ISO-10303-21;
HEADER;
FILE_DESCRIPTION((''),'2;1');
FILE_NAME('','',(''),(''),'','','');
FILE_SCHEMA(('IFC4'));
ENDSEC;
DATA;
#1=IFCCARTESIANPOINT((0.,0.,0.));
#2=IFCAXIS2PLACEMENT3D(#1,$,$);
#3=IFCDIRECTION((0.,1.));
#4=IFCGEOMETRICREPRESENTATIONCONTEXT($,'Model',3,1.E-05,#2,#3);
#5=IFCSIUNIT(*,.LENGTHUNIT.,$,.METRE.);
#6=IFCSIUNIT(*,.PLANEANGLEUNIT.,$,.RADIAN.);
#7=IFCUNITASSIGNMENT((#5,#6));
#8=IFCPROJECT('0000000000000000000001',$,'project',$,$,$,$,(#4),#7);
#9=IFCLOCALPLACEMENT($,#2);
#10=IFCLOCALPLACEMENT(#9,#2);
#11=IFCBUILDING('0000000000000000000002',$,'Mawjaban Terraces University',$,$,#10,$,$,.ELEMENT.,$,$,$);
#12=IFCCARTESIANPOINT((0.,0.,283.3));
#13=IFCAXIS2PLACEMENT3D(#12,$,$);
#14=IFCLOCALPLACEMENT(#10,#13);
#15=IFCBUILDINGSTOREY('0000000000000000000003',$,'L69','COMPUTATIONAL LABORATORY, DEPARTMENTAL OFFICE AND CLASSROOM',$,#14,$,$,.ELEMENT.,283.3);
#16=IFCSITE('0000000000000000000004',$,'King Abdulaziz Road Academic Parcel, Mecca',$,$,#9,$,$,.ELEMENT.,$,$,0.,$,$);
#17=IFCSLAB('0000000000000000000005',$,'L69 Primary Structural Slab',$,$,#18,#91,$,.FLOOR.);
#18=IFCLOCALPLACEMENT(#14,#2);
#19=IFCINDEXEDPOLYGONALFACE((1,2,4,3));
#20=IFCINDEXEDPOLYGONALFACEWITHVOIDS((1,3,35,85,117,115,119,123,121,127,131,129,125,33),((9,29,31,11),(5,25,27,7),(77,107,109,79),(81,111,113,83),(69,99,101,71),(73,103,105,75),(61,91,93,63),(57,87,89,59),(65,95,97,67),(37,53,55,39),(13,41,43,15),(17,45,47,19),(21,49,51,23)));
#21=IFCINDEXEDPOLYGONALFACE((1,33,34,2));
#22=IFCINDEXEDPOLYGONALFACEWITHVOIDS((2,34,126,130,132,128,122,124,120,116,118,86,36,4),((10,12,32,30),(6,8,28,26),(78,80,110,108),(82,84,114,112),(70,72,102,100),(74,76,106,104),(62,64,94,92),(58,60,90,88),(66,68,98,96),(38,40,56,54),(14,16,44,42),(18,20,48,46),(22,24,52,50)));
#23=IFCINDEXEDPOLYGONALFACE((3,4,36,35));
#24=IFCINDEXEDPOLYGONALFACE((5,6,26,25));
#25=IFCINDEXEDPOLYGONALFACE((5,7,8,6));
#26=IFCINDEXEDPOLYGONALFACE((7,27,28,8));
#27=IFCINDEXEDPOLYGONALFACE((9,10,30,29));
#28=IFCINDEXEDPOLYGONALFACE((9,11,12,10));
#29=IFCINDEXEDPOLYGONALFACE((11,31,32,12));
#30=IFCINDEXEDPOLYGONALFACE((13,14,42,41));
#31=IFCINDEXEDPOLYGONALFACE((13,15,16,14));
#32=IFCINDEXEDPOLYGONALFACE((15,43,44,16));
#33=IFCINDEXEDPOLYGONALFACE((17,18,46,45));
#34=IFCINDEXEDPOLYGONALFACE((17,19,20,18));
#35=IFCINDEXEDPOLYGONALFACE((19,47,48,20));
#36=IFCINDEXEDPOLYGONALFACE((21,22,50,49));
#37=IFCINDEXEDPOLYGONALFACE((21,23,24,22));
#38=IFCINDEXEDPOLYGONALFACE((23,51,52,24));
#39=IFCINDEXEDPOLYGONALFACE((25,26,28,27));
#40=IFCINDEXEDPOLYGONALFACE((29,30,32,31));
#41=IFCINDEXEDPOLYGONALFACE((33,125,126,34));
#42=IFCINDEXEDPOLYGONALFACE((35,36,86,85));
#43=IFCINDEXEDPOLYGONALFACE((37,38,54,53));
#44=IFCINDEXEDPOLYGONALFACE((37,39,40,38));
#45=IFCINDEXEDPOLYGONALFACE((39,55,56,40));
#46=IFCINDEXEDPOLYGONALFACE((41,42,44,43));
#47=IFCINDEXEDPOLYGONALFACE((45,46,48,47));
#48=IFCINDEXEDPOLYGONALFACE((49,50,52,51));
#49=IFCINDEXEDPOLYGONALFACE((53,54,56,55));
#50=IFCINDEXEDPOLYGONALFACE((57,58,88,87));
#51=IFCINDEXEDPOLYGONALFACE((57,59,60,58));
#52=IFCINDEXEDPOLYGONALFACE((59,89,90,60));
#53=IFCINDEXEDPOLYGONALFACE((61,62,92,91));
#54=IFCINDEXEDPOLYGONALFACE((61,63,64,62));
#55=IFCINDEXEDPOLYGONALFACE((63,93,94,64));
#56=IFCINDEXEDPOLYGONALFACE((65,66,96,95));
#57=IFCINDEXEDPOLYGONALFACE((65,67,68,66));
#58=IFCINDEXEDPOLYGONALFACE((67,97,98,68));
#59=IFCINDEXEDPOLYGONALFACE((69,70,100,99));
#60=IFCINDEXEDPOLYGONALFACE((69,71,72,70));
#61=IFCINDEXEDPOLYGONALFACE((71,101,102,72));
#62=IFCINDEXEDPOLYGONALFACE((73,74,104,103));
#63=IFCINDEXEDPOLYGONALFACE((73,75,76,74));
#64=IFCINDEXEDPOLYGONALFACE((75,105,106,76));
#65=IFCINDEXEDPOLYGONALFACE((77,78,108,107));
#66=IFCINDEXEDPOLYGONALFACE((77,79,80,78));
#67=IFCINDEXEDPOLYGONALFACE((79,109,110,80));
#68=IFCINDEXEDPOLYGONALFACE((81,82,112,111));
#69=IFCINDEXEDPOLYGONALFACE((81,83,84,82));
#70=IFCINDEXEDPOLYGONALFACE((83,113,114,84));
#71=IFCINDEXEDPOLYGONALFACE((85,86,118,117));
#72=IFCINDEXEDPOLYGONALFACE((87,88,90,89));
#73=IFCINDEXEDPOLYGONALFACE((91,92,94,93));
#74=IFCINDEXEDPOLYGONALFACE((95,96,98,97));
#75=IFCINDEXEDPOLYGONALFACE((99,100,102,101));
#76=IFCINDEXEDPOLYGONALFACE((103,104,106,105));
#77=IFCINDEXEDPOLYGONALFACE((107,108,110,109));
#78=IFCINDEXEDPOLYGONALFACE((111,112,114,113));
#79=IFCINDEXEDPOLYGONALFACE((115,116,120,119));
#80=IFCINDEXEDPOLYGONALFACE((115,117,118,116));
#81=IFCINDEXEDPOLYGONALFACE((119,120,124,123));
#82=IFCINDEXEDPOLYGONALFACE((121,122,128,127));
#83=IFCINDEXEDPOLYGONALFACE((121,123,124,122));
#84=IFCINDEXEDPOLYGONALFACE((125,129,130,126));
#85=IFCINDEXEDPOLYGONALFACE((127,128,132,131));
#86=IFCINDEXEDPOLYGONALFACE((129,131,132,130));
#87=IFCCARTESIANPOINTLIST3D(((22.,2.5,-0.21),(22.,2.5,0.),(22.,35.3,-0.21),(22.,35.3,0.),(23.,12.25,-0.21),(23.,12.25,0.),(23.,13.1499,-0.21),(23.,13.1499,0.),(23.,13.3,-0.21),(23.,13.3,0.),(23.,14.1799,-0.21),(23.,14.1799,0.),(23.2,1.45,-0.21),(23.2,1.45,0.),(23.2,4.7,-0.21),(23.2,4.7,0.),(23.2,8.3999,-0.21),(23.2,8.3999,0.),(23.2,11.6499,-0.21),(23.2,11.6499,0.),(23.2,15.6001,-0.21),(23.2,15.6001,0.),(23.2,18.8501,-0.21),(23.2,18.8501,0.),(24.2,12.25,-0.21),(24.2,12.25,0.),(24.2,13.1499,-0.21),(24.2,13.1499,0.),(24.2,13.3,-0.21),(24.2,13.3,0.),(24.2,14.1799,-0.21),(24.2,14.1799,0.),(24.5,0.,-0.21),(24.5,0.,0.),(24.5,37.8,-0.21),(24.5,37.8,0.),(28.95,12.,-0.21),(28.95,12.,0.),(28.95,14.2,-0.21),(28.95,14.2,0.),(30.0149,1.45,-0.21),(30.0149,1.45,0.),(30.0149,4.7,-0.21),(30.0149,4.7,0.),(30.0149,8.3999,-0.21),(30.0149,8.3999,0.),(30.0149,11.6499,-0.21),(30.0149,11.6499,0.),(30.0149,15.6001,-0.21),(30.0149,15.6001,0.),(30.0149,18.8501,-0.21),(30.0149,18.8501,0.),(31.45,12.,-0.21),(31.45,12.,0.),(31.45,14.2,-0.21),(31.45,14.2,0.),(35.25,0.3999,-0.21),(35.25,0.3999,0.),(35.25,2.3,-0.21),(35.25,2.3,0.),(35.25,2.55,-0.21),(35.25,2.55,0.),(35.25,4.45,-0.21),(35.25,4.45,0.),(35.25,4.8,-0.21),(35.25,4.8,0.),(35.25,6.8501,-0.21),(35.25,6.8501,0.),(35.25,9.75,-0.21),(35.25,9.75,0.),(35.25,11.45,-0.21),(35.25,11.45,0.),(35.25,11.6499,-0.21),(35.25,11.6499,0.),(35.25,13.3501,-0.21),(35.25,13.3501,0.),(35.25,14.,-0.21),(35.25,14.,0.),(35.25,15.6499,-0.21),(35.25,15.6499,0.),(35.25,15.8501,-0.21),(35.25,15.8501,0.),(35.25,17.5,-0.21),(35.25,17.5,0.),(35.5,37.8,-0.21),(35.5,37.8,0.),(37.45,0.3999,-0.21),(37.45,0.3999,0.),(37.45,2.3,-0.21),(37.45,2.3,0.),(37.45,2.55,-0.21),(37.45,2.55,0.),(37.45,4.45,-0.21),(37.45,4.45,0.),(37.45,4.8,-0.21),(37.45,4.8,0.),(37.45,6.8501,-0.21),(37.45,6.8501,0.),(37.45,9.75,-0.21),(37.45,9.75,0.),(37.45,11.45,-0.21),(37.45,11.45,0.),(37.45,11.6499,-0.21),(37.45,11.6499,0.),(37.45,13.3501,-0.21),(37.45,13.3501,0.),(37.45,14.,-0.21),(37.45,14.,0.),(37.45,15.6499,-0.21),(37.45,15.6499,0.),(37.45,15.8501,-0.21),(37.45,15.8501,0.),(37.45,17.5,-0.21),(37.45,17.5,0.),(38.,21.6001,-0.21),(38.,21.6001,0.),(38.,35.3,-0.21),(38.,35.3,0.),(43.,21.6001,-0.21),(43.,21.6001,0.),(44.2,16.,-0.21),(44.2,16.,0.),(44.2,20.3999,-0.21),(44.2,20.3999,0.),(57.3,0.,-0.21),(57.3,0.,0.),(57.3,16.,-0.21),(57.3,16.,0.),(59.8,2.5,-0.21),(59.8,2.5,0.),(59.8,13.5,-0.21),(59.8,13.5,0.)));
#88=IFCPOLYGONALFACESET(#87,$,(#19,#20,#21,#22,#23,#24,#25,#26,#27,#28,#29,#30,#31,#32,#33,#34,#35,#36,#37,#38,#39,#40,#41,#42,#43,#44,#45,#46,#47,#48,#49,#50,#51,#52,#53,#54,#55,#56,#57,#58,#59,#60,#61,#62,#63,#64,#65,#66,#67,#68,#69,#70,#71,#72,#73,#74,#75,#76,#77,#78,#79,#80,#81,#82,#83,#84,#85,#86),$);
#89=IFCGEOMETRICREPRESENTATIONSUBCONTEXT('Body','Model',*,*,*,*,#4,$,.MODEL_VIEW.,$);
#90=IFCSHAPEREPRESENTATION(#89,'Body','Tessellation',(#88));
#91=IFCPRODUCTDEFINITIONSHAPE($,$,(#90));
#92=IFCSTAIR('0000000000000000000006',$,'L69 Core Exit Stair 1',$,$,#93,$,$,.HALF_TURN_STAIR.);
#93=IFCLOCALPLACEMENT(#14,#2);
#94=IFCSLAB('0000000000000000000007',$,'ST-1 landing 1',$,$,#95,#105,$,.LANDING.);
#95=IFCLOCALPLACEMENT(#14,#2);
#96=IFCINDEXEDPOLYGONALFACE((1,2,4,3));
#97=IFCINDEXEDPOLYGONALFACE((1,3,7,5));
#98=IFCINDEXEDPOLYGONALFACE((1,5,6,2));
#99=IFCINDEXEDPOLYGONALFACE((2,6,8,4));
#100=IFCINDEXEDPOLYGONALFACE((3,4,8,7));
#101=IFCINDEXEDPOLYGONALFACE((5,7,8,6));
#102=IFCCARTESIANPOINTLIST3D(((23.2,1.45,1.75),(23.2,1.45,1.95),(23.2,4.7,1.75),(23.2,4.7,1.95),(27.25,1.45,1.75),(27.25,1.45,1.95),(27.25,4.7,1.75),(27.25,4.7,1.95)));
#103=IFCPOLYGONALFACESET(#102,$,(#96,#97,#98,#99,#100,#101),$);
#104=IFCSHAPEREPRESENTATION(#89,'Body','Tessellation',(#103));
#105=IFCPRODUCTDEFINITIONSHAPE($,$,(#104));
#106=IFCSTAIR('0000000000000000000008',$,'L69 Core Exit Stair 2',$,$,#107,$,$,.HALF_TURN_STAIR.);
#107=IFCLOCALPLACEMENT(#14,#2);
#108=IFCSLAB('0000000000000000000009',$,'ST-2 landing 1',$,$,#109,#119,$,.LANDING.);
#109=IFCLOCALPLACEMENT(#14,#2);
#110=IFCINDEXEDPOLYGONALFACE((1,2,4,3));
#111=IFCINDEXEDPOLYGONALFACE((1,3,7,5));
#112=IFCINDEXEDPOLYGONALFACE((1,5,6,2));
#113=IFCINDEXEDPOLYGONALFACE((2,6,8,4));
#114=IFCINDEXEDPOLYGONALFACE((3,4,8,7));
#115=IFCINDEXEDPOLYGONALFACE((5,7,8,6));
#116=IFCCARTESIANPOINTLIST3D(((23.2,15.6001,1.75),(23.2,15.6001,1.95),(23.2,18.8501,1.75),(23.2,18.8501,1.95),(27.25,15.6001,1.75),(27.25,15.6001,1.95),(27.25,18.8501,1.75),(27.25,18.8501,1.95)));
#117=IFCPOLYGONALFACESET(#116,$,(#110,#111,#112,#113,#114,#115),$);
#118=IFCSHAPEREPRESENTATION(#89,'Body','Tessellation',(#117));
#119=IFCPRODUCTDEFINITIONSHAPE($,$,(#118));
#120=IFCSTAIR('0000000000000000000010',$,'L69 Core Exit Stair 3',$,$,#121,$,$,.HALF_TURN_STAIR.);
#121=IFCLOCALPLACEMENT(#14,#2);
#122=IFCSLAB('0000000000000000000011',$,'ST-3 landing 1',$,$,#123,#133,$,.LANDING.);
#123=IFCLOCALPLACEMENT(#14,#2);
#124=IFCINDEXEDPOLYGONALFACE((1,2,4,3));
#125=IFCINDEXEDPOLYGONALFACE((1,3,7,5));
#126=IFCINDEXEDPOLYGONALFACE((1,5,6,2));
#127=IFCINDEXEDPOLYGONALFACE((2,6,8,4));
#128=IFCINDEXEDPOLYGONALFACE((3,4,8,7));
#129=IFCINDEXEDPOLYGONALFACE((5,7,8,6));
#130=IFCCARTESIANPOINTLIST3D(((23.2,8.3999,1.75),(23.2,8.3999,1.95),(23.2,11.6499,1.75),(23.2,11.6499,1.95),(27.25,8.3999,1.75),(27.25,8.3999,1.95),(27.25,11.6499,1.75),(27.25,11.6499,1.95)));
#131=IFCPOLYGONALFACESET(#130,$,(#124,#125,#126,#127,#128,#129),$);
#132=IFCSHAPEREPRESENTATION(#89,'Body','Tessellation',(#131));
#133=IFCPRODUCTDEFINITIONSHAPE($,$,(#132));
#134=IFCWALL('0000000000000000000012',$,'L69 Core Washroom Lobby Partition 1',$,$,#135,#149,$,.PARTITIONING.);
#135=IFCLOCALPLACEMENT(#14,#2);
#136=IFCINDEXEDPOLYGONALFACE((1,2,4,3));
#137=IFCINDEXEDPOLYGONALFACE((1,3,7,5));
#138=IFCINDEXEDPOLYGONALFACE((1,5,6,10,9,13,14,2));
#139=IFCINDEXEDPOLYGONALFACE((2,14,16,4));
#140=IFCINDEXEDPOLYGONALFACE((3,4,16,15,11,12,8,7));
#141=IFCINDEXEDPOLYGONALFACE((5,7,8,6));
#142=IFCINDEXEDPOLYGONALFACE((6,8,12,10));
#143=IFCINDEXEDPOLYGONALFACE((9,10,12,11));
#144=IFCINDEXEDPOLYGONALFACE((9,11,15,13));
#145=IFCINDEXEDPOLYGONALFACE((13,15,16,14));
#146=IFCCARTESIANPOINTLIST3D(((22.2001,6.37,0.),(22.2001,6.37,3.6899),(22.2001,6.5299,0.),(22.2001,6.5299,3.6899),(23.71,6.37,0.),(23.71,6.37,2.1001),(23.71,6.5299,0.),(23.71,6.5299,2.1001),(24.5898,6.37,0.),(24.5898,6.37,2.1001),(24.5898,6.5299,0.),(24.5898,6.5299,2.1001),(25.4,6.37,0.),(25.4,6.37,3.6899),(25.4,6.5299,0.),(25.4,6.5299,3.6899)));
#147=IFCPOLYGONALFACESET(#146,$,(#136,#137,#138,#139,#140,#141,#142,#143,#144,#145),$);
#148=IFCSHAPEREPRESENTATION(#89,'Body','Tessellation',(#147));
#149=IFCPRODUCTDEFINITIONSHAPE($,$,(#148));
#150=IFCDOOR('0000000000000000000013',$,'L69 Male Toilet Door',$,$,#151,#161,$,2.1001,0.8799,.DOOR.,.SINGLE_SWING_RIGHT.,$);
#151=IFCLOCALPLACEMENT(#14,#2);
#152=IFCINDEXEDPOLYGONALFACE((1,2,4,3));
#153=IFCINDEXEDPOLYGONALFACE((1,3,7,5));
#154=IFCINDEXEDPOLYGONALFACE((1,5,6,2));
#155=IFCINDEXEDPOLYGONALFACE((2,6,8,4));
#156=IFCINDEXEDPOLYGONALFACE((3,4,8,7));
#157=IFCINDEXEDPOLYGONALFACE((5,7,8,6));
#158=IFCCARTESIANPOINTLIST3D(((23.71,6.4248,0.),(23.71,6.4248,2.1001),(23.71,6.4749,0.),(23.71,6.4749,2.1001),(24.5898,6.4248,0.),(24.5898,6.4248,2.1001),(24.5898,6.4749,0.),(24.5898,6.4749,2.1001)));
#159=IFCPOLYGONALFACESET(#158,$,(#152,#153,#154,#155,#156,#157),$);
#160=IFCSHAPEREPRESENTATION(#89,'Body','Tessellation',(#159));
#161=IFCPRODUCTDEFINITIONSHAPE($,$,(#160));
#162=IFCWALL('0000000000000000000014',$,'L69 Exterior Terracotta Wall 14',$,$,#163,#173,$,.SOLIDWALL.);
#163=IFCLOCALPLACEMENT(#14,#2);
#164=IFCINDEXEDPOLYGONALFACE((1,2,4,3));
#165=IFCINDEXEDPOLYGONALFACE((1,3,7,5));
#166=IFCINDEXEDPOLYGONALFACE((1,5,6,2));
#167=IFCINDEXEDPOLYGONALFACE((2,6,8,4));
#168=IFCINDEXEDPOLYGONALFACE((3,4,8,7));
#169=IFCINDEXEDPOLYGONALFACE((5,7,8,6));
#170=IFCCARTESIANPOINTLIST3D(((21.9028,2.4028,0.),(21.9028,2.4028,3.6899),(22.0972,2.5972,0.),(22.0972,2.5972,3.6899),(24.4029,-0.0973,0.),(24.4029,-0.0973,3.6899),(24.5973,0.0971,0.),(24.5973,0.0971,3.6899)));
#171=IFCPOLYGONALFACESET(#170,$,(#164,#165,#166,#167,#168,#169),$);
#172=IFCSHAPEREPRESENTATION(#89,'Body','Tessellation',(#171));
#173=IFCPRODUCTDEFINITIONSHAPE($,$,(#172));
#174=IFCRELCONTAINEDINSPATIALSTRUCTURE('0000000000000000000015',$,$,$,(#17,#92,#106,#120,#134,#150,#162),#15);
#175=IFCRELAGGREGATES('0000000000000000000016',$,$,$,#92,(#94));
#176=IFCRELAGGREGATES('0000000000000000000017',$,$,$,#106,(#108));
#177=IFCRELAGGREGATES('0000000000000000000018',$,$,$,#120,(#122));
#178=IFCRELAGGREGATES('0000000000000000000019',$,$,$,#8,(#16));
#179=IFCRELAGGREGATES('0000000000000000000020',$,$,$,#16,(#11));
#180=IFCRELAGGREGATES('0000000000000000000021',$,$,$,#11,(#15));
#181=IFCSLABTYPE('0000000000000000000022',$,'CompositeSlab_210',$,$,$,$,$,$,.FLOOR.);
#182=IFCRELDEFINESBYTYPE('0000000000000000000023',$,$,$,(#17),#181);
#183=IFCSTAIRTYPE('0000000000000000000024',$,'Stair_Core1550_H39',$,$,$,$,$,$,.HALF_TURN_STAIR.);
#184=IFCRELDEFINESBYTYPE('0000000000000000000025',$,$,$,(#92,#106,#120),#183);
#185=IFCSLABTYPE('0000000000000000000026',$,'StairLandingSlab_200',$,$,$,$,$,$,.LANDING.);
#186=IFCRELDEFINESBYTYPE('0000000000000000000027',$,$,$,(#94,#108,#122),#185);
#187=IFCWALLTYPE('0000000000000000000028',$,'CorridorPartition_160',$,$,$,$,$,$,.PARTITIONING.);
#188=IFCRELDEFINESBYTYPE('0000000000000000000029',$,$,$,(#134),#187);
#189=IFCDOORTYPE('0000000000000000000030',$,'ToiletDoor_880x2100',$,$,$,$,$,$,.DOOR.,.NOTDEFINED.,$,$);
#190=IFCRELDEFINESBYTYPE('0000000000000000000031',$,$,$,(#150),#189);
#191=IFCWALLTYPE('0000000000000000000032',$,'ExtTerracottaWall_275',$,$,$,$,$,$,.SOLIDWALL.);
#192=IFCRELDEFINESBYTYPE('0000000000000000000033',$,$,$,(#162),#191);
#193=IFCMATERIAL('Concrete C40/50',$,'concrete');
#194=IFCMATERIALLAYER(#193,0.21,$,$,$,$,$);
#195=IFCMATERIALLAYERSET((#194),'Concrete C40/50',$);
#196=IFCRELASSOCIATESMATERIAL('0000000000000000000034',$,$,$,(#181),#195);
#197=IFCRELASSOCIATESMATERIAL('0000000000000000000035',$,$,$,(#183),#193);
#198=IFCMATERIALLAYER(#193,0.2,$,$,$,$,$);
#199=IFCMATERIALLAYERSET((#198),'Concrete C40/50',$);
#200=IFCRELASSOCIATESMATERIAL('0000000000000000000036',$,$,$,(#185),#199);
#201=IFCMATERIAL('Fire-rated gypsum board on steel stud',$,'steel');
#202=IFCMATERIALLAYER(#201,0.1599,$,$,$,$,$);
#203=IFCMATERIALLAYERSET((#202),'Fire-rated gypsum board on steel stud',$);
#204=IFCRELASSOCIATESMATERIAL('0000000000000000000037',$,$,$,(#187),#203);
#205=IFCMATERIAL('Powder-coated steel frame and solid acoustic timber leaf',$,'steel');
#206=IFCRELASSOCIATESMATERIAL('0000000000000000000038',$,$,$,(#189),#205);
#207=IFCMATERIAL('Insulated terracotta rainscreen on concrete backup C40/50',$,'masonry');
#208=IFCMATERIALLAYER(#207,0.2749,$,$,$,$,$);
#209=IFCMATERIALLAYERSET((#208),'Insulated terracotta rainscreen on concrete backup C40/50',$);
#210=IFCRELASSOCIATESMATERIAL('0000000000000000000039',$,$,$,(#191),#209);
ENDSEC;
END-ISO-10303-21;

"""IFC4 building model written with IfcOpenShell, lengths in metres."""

from ifc_helpers import new_model, si_unit, direction, frame, frame_2d, origin, place, context, subcontext, project, spatial, polyline, rectangle, outline, extrude, material, layer, layer_set, type_object, element, fill, aggregate, save


model = new_model("IFC4")

# Units and contexts
model_context = context("Model", 3, precision=1e-05, world=origin(), true_north=direction((0.0, 1.0)))
body_context = subcontext(model_context, "Body", "Model", "MODEL_VIEW")
ifc_project = project(units=[si_unit("LENGTHUNIT", "METRE"), si_unit("PLANEANGLEUNIT", "RADIAN")], contexts=[model_context])

# Site, building, storey
site_placement = place(None, origin())
site = spatial("IfcSite", under=ifc_project, at=site_placement, Name="King Abdulaziz Road Academic Parcel, Mecca", CompositionType="ELEMENT", RefElevation=0.0)
building_placement = place(site_placement, origin())
building = spatial("IfcBuilding", under=site, at=building_placement, Name="Mawjaban Terraces University", CompositionType="ELEMENT")
storey_placement = place(building_placement, frame((0.0, 0.0, 283.3)))
storey = spatial("IfcBuildingStorey", under=building, at=storey_placement, Name="L69", Description="COMPUTATIONAL LABORATORY, DEPARTMENTAL OFFICE AND CLASSROOM", CompositionType="ELEMENT", Elevation=283.3)

# Slab
ifc_material_1 = material(Name="Concrete C40/50", Category="concrete")
ifc_layer_1 = layer(ifc_material_1, 0.21)
ifc_layer_set_1 = layer_set([ifc_layer_1], Name="Concrete C40/50")
slab_type_1 = type_object("IfcSlabType", Name="CompositeSlab_210", PredefinedType="FLOOR", material=ifc_layer_set_1)
slab_1_placement = place(storey_placement, frame((0.0, 0.0, -0.21)))
element("IfcSlab", 1, at=slab_1_placement, inside=storey, type_object=slab_type_1, Name="L69 Primary Structural Slab", PredefinedType="FLOOR", context=body_context, shape_type="SweptSolid", body=[
    extrude(outline(polyline([(24.5, 0.0), (57.3, 0.0), (59.8, 2.5), (59.8, 13.5), (57.3, 16.0), (44.2, 16.0), (44.2, 20.3999), (43.0, 21.6001), (38.0, 21.6001), (38.0, 35.3), (35.5, 37.8), (24.5, 37.8), (22.0, 35.3), (22.0, 2.5), (24.5, 0.0)]), holes=[polyline([(30.0149, 4.7), (23.2, 4.7), (23.2, 1.45), (30.0149, 1.45), (30.0149, 4.7)]), polyline([(30.0149, 18.8501), (23.2, 18.8501), (23.2, 15.6001), (30.0149, 15.6001), (30.0149, 18.8501)]), polyline([(30.0149, 11.6499), (23.2, 11.6499), (23.2, 8.3999), (30.0149, 8.3999), (30.0149, 11.6499)]), polyline([(35.25, 0.3999), (37.45, 0.3999), (37.45, 2.3), (35.25, 2.3), (35.25, 0.3999)]), polyline([(35.25, 2.55), (37.45, 2.55), (37.45, 4.45), (35.25, 4.45), (35.25, 2.55)]), polyline([(35.25, 4.8), (37.45, 4.8), (37.45, 6.8501), (35.25, 6.8501), (35.25, 4.8)]), polyline([(35.25, 9.75), (37.45, 9.75), (37.45, 11.45), (35.25, 11.45), (35.25, 9.75)]), polyline([(35.25, 11.6499), (37.45, 11.6499), (37.45, 13.3501), (35.25, 13.3501), (35.25, 11.6499)]), polyline([(28.95, 12.0), (31.45, 12.0), (31.45, 14.2), (28.95, 14.2), (28.95, 12.0)]), polyline([(35.25, 14.0), (37.45, 14.0), (37.45, 15.6499), (35.25, 15.6499), (35.25, 14.0)]), polyline([(35.25, 15.8501), (37.45, 15.8501), (37.45, 17.5), (35.25, 17.5), (35.25, 15.8501)]), polyline([(23.0, 12.25), (24.2, 12.25), (24.2, 13.1499), (23.0, 13.1499), (23.0, 12.25)]), polyline([(23.0, 13.3), (24.2, 13.3), (24.2, 14.1799), (23.0, 14.1799), (23.0, 13.3)])]), origin(), (0.0, 0.0, 1.0), 0.21),
])

# Stairs, slabs
stair_type = type_object("IfcStairType", Name="Stair_Core1550_H39", PredefinedType="HALF_TURN_STAIR", material=ifc_material_1)
stair_1_placement = place(storey_placement, origin())
stair_1 = element("IfcStair", 2, at=stair_1_placement, inside=storey, type_object=stair_type, Name="L69 Core Exit Stair 1", PredefinedType="HALF_TURN_STAIR")
ifc_layer_2 = layer(ifc_material_1, 0.2)
ifc_layer_set_2 = layer_set([ifc_layer_2], Name="Concrete C40/50")
slab_type_2 = type_object("IfcSlabType", Name="StairLandingSlab_200", PredefinedType="LANDING", material=ifc_layer_set_2)
slab_2_placement = place(storey_placement, frame((0.0, 0.0, 1.75)))
slab_2 = element("IfcSlab", 3, at=slab_2_placement, type_object=slab_type_2, Name="ST-1 landing 1", PredefinedType="LANDING", context=body_context, shape_type="SweptSolid", body=[
    extrude(outline(polyline([(27.25, 4.7), (23.2, 4.7), (23.2, 1.45), (27.25, 1.45), (27.25, 4.7)])), origin(), (0.0, 0.0, 1.0), 0.2),
])
aggregate(stair_1, [slab_2])
stair_2_placement = place(storey_placement, origin())
stair_2 = element("IfcStair", 4, at=stair_2_placement, inside=storey, type_object=stair_type, Name="L69 Core Exit Stair 2", PredefinedType="HALF_TURN_STAIR")
slab_3_placement = place(storey_placement, frame((0.0, 0.0, 1.75)))
slab_3 = element("IfcSlab", 5, at=slab_3_placement, type_object=slab_type_2, Name="ST-2 landing 1", PredefinedType="LANDING", context=body_context, shape_type="SweptSolid", body=[
    extrude(outline(polyline([(27.25, 18.8501), (23.2, 18.8501), (23.2, 15.6001), (27.25, 15.6001), (27.25, 18.8501)])), origin(), (0.0, 0.0, 1.0), 0.2),
])
aggregate(stair_2, [slab_3])
stair_3_placement = place(storey_placement, origin())
stair_3 = element("IfcStair", 6, at=stair_3_placement, inside=storey, type_object=stair_type, Name="L69 Core Exit Stair 3", PredefinedType="HALF_TURN_STAIR")
slab_4_placement = place(storey_placement, frame((0.0, 0.0, 1.75)))
slab_4 = element("IfcSlab", 7, at=slab_4_placement, type_object=slab_type_2, Name="ST-3 landing 1", PredefinedType="LANDING", context=body_context, shape_type="SweptSolid", body=[
    extrude(outline(polyline([(27.25, 11.6499), (23.2, 11.6499), (23.2, 8.3999), (27.25, 8.3999), (27.25, 11.6499)])), origin(), (0.0, 0.0, 1.0), 0.2),
])
aggregate(stair_3, [slab_4])

# Wall, opening, door
ifc_material_2 = material(Name="Fire-rated gypsum board on steel stud", Category="steel")
ifc_layer_3 = layer(ifc_material_2, 0.1599)
ifc_layer_set_3 = layer_set([ifc_layer_3], Name="Fire-rated gypsum board on steel stud")
wall_type_1 = type_object("IfcWallType", Name="CorridorPartition_160", PredefinedType="PARTITIONING", material=ifc_layer_set_3)
wall_1_placement = place(storey_placement, frame((22.2, 6.45, 0.0), z_axis=(0.0, 0.0, 1.0), x_axis=(1.0, 0.0, 0.0)))
wall_1 = element("IfcWall", 8, at=wall_1_placement, inside=storey, type_object=wall_type_1, Name="L69 Core Washroom Lobby Partition 1", PredefinedType="PARTITIONING", context=body_context, shape_type="SweptSolid", body=[
    extrude(rectangle(XDim=3.2, YDim=0.1599, at=frame_2d((1.6001, 0.0))), origin(), (0.0, 0.0, 1.0), 3.6899),
])
opening_placement = place(wall_1_placement, frame((1.51, 0.0, 0.0)))
opening = element("IfcOpeningElement", 9, at=opening_placement, cuts=wall_1, PredefinedType="OPENING", context=body_context, shape_type="SweptSolid", body=[
    extrude(rectangle(XDim=0.8799, YDim=2.1001, at=frame_2d((0.4399, 1.05))), frame((0.0, 0.0898, 0.0), z_axis=(0.0, -1.0, 0.0), x_axis=(1.0, 0.0, 0.0)), (0.0, 0.0, 1.0), 0.1799),
])
ifc_material_3 = material(Name="Powder-coated steel frame and solid acoustic timber leaf", Category="steel")
door_type = type_object("IfcDoorType", Name="ToiletDoor_880x2100", OperationType="NOTDEFINED", PredefinedType="DOOR", material=ifc_material_3)
door_placement = place(opening_placement, origin())
door = element("IfcDoor", 10, at=door_placement, inside=storey, type_object=door_type, Name="L69 Male Toilet Door", OperationType="SINGLE_SWING_RIGHT", OverallHeight=2.1001, OverallWidth=0.8799, PredefinedType="DOOR", context=body_context, shape_type="SweptSolid", body=[
    extrude(rectangle(XDim=0.8799, YDim=2.1001, at=frame_2d((0.4399, 1.05))), frame((0.0, 0.0249, 0.0), z_axis=(0.0, -1.0, 0.0), x_axis=(1.0, 0.0, 0.0)), (0.0, 0.0, 1.0), 0.05),
])
fill(opening, door)

# Wall
ifc_material_4 = material(Name="Insulated terracotta rainscreen on concrete backup C40/50", Category="masonry")
ifc_layer_4 = layer(ifc_material_4, 0.2749)
ifc_layer_set_4 = layer_set([ifc_layer_4], Name="Insulated terracotta rainscreen on concrete backup C40/50")
wall_type_2 = type_object("IfcWallType", Name="ExtTerracottaWall_275", PredefinedType="SOLIDWALL", material=ifc_layer_set_4)
wall_2_placement = place(storey_placement, frame((22.0, 2.5, 0.0), z_axis=(0.0, 0.0, 1.0), x_axis=(0.707107, -0.707107, 0.0)))
element("IfcWall", 11, at=wall_2_placement, inside=storey, type_object=wall_type_2, Name="L69 Exterior Terracotta Wall 14", PredefinedType="SOLIDWALL", context=body_context, shape_type="SweptSolid", body=[
    extrude(rectangle(XDim=3.5356, YDim=0.2749, at=frame_2d((1.7678, 0.0))), origin(), (0.0, 0.0, 1.0), 3.6899),
])

save(model, "model.ifc")
